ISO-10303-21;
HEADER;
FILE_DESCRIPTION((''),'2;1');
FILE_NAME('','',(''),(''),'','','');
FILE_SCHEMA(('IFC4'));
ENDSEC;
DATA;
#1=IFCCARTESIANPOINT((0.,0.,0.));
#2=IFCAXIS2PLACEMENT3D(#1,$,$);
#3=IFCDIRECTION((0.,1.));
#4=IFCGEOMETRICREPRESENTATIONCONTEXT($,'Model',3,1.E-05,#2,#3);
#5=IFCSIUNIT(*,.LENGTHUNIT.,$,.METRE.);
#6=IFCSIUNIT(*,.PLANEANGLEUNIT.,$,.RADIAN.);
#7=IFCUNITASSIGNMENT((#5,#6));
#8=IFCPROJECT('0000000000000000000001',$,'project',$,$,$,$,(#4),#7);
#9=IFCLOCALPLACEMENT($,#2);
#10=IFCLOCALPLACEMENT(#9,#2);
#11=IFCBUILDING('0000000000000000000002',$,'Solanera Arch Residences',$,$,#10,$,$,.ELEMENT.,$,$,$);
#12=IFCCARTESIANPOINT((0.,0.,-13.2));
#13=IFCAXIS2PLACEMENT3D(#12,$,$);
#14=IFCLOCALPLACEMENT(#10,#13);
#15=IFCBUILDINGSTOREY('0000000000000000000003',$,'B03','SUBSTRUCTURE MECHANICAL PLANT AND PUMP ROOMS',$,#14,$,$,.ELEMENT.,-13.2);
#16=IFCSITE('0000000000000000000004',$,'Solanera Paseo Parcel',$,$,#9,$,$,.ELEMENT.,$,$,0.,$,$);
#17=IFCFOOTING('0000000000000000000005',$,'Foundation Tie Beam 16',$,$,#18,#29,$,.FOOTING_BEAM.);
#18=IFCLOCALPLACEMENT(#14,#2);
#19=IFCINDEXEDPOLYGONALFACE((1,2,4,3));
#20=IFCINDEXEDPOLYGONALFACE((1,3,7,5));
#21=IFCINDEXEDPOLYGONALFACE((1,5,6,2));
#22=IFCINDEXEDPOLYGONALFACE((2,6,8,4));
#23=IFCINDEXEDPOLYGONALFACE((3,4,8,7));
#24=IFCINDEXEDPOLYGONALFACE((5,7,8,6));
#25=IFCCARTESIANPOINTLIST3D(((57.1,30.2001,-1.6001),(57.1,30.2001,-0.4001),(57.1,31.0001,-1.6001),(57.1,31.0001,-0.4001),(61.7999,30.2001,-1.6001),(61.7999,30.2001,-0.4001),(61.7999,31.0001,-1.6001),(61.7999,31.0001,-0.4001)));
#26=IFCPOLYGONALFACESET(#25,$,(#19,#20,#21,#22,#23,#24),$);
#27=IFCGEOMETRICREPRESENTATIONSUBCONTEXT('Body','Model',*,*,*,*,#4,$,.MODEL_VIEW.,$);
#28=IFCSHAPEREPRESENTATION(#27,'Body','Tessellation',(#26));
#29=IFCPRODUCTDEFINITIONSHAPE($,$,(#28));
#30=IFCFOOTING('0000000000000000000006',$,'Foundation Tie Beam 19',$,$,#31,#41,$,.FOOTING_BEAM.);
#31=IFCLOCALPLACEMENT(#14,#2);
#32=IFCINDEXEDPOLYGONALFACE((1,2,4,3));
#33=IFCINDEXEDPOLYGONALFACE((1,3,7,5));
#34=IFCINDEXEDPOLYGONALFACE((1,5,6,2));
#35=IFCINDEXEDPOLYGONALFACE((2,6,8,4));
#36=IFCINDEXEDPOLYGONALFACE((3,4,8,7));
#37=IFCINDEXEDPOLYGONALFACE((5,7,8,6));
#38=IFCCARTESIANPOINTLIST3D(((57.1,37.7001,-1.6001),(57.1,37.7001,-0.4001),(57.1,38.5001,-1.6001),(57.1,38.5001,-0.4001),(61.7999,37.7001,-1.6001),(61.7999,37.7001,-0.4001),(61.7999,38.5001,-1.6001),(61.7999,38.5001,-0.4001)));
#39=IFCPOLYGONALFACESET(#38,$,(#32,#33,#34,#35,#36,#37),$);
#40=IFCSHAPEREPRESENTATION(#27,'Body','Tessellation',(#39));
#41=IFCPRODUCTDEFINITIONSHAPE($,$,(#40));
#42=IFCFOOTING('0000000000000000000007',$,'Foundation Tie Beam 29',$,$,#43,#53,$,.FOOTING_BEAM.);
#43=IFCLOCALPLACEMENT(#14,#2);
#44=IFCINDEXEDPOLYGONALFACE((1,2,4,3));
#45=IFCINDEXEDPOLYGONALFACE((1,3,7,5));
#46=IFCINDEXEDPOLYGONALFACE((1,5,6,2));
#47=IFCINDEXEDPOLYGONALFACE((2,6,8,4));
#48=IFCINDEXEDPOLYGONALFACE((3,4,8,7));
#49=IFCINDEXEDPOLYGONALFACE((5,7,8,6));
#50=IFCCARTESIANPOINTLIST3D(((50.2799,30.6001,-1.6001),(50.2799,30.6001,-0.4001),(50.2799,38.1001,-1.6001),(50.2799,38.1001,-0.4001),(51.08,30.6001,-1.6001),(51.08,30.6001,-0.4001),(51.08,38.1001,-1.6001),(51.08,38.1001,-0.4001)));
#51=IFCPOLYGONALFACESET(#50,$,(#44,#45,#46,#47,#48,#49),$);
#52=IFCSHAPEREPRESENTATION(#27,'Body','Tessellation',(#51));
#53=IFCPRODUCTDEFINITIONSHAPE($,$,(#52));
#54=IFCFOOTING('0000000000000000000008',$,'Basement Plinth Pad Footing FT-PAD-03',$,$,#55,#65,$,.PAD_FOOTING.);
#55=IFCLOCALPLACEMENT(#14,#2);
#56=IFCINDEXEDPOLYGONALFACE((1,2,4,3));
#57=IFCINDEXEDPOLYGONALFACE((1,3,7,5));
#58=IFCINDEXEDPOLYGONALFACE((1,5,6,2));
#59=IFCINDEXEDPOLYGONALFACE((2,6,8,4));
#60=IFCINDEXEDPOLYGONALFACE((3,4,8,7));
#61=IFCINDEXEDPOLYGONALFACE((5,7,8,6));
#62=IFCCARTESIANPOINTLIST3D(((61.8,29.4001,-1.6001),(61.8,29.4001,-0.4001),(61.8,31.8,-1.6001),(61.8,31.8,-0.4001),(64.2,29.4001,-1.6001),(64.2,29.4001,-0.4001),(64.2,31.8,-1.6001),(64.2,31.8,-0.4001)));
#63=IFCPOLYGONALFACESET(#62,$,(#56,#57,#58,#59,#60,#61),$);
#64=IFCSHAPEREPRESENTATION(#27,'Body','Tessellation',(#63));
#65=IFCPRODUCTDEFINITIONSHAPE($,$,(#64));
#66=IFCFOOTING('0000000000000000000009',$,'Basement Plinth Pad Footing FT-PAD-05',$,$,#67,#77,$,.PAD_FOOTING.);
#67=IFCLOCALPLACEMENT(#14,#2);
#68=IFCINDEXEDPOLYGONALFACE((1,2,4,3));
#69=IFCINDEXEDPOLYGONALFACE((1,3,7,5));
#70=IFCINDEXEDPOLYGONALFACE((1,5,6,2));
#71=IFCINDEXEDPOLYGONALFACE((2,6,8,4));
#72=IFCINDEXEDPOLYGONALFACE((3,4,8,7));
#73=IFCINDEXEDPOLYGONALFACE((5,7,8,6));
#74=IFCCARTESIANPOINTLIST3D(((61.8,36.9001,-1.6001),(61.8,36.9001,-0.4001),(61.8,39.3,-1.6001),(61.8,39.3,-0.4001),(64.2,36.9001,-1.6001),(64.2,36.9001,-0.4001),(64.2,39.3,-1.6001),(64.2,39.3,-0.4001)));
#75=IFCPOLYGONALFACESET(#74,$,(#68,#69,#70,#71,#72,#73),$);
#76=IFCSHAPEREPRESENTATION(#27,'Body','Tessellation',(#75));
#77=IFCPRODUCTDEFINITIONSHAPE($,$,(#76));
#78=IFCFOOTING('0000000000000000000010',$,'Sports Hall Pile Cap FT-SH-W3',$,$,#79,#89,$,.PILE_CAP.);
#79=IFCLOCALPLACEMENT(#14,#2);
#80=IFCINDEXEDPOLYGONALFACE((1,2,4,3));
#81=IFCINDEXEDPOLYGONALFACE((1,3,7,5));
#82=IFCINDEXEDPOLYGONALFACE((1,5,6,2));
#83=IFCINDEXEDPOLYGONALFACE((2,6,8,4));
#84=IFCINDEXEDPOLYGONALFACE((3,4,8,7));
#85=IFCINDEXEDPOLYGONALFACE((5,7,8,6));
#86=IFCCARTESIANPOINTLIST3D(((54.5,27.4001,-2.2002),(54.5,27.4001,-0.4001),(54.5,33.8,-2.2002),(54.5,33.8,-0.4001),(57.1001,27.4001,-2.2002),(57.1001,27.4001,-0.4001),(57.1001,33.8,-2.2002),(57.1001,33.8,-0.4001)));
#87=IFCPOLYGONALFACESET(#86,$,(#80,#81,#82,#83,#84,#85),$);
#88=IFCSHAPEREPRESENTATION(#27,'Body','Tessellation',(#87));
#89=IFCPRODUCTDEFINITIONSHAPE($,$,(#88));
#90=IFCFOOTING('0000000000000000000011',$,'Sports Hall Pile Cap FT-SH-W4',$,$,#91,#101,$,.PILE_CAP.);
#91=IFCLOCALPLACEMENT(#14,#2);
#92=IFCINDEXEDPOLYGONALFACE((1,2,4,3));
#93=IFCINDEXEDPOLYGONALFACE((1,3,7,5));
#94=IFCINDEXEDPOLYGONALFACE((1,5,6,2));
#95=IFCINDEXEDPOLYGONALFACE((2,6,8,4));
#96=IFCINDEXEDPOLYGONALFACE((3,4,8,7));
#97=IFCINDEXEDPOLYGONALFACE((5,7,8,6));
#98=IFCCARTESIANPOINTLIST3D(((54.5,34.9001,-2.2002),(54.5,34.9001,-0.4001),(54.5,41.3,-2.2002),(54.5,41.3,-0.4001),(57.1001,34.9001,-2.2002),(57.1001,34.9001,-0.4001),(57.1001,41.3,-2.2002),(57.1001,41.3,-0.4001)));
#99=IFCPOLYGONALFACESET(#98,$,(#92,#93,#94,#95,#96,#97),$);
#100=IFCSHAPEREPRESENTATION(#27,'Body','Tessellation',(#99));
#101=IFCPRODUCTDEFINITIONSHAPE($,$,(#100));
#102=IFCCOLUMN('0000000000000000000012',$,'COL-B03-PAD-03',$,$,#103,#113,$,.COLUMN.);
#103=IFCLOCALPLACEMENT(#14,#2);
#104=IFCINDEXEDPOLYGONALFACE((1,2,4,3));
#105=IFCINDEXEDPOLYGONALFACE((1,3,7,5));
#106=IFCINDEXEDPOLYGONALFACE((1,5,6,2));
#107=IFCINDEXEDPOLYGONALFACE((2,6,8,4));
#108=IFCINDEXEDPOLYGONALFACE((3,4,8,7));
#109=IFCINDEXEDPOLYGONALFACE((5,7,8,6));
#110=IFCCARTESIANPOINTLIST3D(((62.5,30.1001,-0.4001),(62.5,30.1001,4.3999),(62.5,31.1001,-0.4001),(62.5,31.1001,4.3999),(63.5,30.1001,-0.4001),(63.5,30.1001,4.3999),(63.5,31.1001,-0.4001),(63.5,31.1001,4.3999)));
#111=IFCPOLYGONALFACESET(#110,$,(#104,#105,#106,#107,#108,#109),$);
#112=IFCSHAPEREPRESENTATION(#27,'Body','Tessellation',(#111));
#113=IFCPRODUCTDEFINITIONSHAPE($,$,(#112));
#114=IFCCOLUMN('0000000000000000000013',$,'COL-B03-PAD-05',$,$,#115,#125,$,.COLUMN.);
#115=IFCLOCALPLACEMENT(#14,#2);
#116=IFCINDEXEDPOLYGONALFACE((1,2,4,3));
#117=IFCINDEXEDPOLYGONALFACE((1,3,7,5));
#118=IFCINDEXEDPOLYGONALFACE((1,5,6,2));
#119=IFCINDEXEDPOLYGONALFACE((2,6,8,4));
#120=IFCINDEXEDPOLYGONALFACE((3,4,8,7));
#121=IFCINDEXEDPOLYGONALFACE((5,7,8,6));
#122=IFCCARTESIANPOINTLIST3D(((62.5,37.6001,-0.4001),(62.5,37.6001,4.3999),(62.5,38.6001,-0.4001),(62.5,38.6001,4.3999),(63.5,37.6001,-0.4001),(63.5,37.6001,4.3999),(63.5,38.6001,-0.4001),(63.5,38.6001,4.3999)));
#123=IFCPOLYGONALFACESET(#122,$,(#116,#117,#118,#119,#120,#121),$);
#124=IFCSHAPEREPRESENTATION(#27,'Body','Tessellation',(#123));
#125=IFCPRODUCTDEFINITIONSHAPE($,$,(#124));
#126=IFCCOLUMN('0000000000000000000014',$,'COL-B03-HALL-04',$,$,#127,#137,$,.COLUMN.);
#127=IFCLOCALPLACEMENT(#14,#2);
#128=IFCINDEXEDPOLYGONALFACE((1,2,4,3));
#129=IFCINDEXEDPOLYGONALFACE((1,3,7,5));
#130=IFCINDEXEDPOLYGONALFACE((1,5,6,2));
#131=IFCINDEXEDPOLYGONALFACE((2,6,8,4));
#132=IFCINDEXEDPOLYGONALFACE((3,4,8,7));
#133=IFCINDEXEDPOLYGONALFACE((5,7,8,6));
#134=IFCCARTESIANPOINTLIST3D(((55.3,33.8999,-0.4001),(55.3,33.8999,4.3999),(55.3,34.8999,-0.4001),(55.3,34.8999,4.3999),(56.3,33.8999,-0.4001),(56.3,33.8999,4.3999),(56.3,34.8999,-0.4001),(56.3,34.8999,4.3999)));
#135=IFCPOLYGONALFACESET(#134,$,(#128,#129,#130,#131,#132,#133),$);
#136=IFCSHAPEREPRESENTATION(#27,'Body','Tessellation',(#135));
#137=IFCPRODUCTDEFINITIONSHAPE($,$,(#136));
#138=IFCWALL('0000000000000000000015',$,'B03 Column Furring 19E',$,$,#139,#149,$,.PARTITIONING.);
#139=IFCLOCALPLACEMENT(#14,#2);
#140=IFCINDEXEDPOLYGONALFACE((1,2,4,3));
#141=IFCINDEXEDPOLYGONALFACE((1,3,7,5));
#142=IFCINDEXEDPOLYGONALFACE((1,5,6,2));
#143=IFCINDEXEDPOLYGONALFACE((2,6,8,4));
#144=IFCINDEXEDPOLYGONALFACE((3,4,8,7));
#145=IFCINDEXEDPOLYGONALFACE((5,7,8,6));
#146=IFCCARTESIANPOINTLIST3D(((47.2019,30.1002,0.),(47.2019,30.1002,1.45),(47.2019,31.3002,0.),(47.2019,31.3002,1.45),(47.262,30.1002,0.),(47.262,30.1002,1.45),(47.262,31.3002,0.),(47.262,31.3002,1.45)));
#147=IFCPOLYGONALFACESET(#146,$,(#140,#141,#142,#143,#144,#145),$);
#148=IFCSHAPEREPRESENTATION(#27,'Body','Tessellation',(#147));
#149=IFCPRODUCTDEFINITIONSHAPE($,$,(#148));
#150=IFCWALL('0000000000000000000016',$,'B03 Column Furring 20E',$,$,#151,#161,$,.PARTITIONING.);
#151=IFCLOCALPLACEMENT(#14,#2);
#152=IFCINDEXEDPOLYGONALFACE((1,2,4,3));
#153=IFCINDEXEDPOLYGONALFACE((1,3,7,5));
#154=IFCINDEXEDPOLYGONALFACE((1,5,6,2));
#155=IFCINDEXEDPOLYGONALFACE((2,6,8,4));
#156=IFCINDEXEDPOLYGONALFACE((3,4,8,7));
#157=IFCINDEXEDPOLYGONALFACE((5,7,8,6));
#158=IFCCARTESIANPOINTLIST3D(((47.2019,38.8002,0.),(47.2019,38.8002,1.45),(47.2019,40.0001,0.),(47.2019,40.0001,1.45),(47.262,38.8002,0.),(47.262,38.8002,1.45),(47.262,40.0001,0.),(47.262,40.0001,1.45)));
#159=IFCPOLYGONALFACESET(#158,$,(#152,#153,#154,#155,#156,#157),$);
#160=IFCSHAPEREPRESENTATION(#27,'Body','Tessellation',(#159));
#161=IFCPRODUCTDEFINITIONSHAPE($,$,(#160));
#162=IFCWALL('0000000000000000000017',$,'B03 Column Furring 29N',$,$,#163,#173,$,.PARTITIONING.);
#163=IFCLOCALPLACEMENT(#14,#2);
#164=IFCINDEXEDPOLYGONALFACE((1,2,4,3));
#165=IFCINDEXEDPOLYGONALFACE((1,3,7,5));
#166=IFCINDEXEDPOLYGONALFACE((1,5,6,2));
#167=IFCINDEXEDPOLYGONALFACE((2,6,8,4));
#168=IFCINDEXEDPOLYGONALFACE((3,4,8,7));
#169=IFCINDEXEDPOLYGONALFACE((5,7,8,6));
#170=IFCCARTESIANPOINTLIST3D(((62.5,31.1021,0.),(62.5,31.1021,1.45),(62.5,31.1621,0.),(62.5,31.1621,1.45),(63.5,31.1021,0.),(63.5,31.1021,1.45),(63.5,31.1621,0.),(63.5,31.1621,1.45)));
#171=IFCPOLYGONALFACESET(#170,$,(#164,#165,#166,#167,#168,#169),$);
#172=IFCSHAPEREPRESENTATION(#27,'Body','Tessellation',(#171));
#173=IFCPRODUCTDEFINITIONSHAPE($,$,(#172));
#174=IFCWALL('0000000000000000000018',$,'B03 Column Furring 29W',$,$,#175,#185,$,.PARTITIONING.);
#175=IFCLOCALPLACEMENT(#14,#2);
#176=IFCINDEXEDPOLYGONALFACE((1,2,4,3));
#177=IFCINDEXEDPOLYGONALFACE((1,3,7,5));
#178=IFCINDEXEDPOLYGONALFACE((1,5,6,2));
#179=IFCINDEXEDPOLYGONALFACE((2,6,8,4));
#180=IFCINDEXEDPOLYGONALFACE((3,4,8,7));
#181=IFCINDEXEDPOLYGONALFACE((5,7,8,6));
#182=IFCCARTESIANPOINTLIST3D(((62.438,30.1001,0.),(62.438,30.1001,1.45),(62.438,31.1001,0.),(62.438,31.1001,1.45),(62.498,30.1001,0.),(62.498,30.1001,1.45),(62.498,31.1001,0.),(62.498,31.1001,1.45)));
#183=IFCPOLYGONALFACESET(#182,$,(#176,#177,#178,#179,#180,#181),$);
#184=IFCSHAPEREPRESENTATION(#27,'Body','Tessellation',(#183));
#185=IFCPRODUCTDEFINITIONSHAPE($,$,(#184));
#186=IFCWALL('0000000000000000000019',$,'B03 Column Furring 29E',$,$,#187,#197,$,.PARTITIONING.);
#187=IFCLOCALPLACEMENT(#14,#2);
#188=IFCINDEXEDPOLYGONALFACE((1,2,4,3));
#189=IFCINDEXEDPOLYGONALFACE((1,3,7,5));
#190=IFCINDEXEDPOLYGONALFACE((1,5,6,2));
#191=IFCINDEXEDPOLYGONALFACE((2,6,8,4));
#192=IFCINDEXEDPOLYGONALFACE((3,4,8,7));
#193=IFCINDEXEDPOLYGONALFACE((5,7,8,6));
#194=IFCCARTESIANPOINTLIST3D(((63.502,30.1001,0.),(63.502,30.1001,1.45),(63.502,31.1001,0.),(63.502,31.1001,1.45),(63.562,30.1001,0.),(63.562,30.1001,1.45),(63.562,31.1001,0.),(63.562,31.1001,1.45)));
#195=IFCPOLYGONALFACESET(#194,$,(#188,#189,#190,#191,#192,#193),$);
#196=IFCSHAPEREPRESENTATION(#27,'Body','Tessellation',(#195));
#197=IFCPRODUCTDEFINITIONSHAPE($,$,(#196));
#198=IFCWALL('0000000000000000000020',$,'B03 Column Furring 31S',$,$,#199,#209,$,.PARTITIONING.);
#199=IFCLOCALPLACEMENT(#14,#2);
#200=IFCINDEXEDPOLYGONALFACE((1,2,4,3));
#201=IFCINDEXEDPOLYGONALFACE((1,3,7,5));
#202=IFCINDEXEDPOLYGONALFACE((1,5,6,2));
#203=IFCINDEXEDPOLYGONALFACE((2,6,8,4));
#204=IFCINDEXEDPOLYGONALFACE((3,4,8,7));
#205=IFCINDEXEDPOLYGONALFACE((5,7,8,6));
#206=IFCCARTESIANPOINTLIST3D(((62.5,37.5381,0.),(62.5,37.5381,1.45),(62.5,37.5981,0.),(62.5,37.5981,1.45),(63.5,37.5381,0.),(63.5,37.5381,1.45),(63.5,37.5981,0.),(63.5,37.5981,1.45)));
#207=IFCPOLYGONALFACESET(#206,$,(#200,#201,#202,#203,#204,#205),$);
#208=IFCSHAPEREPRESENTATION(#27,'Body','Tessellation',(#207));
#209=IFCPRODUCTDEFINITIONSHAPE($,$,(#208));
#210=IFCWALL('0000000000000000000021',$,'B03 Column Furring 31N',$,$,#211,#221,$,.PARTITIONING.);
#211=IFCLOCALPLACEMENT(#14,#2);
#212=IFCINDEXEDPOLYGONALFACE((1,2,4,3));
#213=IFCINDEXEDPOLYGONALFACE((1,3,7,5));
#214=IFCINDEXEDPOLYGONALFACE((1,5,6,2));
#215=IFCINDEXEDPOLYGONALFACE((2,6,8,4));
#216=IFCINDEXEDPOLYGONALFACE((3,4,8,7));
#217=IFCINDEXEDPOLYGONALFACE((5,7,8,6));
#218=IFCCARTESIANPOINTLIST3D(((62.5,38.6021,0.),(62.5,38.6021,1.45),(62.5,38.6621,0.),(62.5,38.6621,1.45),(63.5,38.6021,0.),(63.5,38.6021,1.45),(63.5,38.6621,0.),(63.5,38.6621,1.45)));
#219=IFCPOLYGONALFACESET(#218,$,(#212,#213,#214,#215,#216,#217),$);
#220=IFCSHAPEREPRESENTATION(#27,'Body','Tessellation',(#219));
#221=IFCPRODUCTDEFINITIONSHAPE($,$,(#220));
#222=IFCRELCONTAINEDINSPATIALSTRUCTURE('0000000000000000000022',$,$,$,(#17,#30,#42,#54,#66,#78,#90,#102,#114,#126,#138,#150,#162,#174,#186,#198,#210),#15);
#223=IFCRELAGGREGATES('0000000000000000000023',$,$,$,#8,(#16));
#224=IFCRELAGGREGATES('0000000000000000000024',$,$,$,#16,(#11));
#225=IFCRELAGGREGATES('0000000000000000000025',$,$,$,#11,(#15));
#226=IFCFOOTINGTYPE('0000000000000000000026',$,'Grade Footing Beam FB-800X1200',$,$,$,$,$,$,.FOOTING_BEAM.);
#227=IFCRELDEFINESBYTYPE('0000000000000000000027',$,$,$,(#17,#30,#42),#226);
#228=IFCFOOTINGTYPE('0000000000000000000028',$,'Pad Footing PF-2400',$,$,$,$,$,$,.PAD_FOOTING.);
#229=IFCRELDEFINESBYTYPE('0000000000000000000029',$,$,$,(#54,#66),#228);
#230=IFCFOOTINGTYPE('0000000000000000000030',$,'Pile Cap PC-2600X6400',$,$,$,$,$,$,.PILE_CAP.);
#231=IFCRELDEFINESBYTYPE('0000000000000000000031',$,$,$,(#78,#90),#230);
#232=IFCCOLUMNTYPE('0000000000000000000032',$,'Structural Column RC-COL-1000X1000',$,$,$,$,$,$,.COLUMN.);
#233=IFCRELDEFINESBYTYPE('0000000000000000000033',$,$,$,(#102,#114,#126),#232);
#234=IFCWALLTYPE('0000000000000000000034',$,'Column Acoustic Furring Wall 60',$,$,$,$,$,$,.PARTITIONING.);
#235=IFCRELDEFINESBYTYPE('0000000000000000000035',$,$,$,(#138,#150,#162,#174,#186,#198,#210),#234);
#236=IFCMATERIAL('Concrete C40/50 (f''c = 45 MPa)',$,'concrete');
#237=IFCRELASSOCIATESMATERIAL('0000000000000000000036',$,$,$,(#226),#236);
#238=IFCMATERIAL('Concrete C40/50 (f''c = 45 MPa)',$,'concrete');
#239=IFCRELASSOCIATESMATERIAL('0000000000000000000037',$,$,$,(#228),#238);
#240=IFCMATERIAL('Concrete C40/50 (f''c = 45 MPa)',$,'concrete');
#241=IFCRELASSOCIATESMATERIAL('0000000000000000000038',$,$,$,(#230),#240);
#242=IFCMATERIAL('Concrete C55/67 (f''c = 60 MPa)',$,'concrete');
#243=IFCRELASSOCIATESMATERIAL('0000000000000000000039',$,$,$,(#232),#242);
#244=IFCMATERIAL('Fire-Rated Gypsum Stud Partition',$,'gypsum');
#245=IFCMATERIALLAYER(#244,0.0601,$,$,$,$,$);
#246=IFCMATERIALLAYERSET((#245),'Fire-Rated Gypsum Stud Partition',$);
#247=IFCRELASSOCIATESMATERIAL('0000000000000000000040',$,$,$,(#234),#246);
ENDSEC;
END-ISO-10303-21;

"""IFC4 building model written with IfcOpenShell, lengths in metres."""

from ifc_helpers import new_model, si_unit, direction, frame, frame_2d, origin, origin_2d, place, context, subcontext, project, spatial, rectangle, extrude, material, layer, layer_set, material_profile, profile_set, type_object, element, save


model = new_model("IFC4")

# Units and contexts
model_context = context("Model", 3, precision=1e-05, world=origin(), true_north=direction((0.0, 1.0)))
body_context = subcontext(model_context, "Body", "Model", "MODEL_VIEW")
ifc_project = project(units=[si_unit("LENGTHUNIT", "METRE"), si_unit("PLANEANGLEUNIT", "RADIAN")], contexts=[model_context])

# Site, building, storey
site_placement = place(None, origin())
site = spatial("IfcSite", under=ifc_project, at=site_placement, Name="Solanera Paseo Parcel", CompositionType="ELEMENT", RefElevation=0.0)
building_placement = place(site_placement, origin())
building = spatial("IfcBuilding", under=site, at=building_placement, Name="Solanera Arch Residences", CompositionType="ELEMENT")
storey_placement = place(building_placement, frame((0.0, 0.0, -13.2)))
storey = spatial("IfcBuildingStorey", under=building, at=storey_placement, Name="B03", Description="SUBSTRUCTURE MECHANICAL PLANT AND PUMP ROOMS", CompositionType="ELEMENT", Elevation=-13.2)

# Footings
ifc_material_1 = material(Name="Concrete C40/50 (f'c = 45 MPa)", Category="concrete")
footing_type_1 = type_object("IfcFootingType", Name="Grade Footing Beam FB-800X1200", PredefinedType="FOOTING_BEAM", material=ifc_material_1)
for number, where, z_axis, x_axis, name in (
    (1, (59.45, 30.6001, -1.6001), (0.0, 0.0, 1.0), (1.0, 0.0, 0.0), "Foundation Tie Beam 16"),
    (2, (59.45, 38.1001, -1.6001), (0.0, 0.0, 1.0), (1.0, 0.0, 0.0), "Foundation Tie Beam 19"),
):
    element("IfcFooting", number, at=place(storey_placement, frame(where, z_axis=z_axis, x_axis=x_axis)), inside=storey, type_object=footing_type_1, Name=name, PredefinedType="FOOTING_BEAM", context=body_context, shape_type="SweptSolid", body=[
        extrude(rectangle(XDim=4.7, YDim=0.8, at=origin_2d()), origin(), (0.0, 0.0, 1.0), 1.2),
    ])
footing_1_placement = place(storey_placement, frame((50.6799, 34.3501, -1.6001), z_axis=(0.0, 0.0, 1.0), x_axis=(1.0, 0.0, 0.0)))
element("IfcFooting", 3, at=footing_1_placement, inside=storey, type_object=footing_type_1, Name="Foundation Tie Beam 29", PredefinedType="FOOTING_BEAM", context=body_context, shape_type="SweptSolid", body=[
    extrude(rectangle(XDim=0.8, YDim=7.5, at=origin_2d()), origin(), (0.0, 0.0, 1.0), 1.2),
])
ifc_material_2 = material(Name="Concrete C40/50 (f'c = 45 MPa)", Category="concrete")
footing_type_2 = type_object("IfcFootingType", Name="Pad Footing PF-2400", PredefinedType="PAD_FOOTING", material=ifc_material_2)
for number, where, z_axis, x_axis, name in (
    (4, (63.0, 30.6001, -1.6001), (0.0, 0.0, 1.0), (1.0, 0.0, 0.0), "Basement Plinth Pad Footing FT-PAD-03"),
    (5, (63.0, 38.1001, -1.6001), (0.0, 0.0, 1.0), (1.0, 0.0, 0.0), "Basement Plinth Pad Footing FT-PAD-05"),
):
    element("IfcFooting", number, at=place(storey_placement, frame(where, z_axis=z_axis, x_axis=x_axis)), inside=storey, type_object=footing_type_2, Name=name, PredefinedType="PAD_FOOTING", context=body_context, shape_type="SweptSolid", body=[
        extrude(rectangle(XDim=2.3999, YDim=2.3999, at=origin_2d()), origin(), (0.0, 0.0, 1.0), 1.2),
    ])
ifc_material_3 = material(Name="Concrete C40/50 (f'c = 45 MPa)", Category="concrete")
footing_type_3 = type_object("IfcFootingType", Name="Pile Cap PC-2600X6400", PredefinedType="PILE_CAP", material=ifc_material_3)
for number, where, z_axis, x_axis, name in (
    (6, (55.8, 30.6001, -2.2002), (0.0, 0.0, 1.0), (1.0, 0.0, 0.0), "Sports Hall Pile Cap FT-SH-W3"),
    (7, (55.8, 38.1001, -2.2002), (0.0, 0.0, 1.0), (1.0, 0.0, 0.0), "Sports Hall Pile Cap FT-SH-W4"),
):
    element("IfcFooting", number, at=place(storey_placement, frame(where, z_axis=z_axis, x_axis=x_axis)), inside=storey, type_object=footing_type_3, Name=name, PredefinedType="PILE_CAP", context=body_context, shape_type="SweptSolid", body=[
        extrude(rectangle(XDim=2.6001, YDim=6.3999, at=origin_2d()), origin(), (0.0, 0.0, 1.0), 1.8),
    ])

# Columns
ifc_material_4 = material(Name="Concrete C55/67 (f'c = 60 MPa)", Category="concrete")
ifc_material_profile_1 = material_profile(ifc_material_4, rectangle(XDim=1.0, YDim=1.0, at=origin_2d()))
ifc_profile_set_1 = profile_set([ifc_material_profile_1], Name="Concrete C55/67 (f'c = 60 MPa)")
column_type = type_object("IfcColumnType", Name="Structural Column RC-COL-1000X1000", PredefinedType="COLUMN", material=ifc_profile_set_1)
for number, where, z_axis, x_axis, name in (
    (8, (63.0, 30.6001, -0.4001), (0.0, 0.0, 1.0), (1.0, 0.0, 0.0), "COL-B03-PAD-03"),
    (9, (63.0, 38.1001, -0.4001), (0.0, 0.0, 1.0), (1.0, 0.0, 0.0), "COL-B03-PAD-05"),
    (10, (55.8, 34.3999, -0.4001), (0.0, 0.0, 1.0), (1.0, 0.0, 0.0), "COL-B03-HALL-04"),
):
    element("IfcColumn", number, at=place(storey_placement, frame(where, z_axis=z_axis, x_axis=x_axis)), inside=storey, type_object=column_type, Name=name, PredefinedType="COLUMN", context=body_context, shape_type="SweptSolid", body=[
        extrude(rectangle(XDim=1.0, YDim=1.0, at=origin_2d()), origin(), (0.0, 0.0, 1.0), 4.8),
    ])

# Walls
ifc_material_5 = material(Name="Fire-Rated Gypsum Stud Partition", Category="gypsum")
ifc_layer_1 = layer(ifc_material_5, 0.0601)
ifc_layer_set_1 = layer_set([ifc_layer_1], Name="Fire-Rated Gypsum Stud Partition")
wall_type_1 = type_object("IfcWallType", Name="Column Acoustic Furring Wall 60", PredefinedType="PARTITIONING", material=ifc_layer_set_1)
for number, where, z_axis, x_axis, name in (
    (11, (47.2319, 30.1001, 0.0), (0.0, 0.0, 1.0), (0.0, 1.0, 0.0), "B03 Column Furring 19E"),
    (12, (47.2319, 38.8, 0.0), (0.0, 0.0, 1.0), (0.0, 1.0, 0.0), "B03 Column Furring 20E"),
):
    element("IfcWall", number, at=place(storey_placement, frame(where, z_axis=z_axis, x_axis=x_axis)), inside=storey, type_object=wall_type_1, Name=name, PredefinedType="PARTITIONING", context=body_context, shape_type="SweptSolid", body=[
        extrude(rectangle(XDim=1.2, YDim=0.0601, at=frame_2d((0.6001, 0.0))), origin(), (0.0, 0.0, 1.0), 1.45),
    ])
for number, where, z_axis, x_axis, name in (
    (13, (62.5, 31.1321, 0.0), (0.0, 0.0, 1.0), (1.0, 0.0, 0.0), "B03 Column Furring 29N"),
    (14, (62.468, 30.1001, 0.0), (0.0, 0.0, 1.0), (0.0, 1.0, 0.0), "B03 Column Furring 29W"),
    (15, (63.532, 30.1001, 0.0), (0.0, 0.0, 1.0), (0.0, 1.0, 0.0), "B03 Column Furring 29E"),
    (16, (62.5, 37.5681, 0.0), (0.0, 0.0, 1.0), (1.0, 0.0, 0.0), "B03 Column Furring 31S"),
    (17, (62.5, 38.6321, 0.0), (0.0, 0.0, 1.0), (1.0, 0.0, 0.0), "B03 Column Furring 31N"),
):
    element("IfcWall", number, at=place(storey_placement, frame(where, z_axis=z_axis, x_axis=x_axis)), inside=storey, type_object=wall_type_1, Name=name, PredefinedType="PARTITIONING", context=body_context, shape_type="SweptSolid", body=[
        extrude(rectangle(XDim=1.0, YDim=0.0601, at=frame_2d((0.5, 0.0))), origin(), (0.0, 0.0, 1.0), 1.45),
    ])

save(model, "model.ifc")
